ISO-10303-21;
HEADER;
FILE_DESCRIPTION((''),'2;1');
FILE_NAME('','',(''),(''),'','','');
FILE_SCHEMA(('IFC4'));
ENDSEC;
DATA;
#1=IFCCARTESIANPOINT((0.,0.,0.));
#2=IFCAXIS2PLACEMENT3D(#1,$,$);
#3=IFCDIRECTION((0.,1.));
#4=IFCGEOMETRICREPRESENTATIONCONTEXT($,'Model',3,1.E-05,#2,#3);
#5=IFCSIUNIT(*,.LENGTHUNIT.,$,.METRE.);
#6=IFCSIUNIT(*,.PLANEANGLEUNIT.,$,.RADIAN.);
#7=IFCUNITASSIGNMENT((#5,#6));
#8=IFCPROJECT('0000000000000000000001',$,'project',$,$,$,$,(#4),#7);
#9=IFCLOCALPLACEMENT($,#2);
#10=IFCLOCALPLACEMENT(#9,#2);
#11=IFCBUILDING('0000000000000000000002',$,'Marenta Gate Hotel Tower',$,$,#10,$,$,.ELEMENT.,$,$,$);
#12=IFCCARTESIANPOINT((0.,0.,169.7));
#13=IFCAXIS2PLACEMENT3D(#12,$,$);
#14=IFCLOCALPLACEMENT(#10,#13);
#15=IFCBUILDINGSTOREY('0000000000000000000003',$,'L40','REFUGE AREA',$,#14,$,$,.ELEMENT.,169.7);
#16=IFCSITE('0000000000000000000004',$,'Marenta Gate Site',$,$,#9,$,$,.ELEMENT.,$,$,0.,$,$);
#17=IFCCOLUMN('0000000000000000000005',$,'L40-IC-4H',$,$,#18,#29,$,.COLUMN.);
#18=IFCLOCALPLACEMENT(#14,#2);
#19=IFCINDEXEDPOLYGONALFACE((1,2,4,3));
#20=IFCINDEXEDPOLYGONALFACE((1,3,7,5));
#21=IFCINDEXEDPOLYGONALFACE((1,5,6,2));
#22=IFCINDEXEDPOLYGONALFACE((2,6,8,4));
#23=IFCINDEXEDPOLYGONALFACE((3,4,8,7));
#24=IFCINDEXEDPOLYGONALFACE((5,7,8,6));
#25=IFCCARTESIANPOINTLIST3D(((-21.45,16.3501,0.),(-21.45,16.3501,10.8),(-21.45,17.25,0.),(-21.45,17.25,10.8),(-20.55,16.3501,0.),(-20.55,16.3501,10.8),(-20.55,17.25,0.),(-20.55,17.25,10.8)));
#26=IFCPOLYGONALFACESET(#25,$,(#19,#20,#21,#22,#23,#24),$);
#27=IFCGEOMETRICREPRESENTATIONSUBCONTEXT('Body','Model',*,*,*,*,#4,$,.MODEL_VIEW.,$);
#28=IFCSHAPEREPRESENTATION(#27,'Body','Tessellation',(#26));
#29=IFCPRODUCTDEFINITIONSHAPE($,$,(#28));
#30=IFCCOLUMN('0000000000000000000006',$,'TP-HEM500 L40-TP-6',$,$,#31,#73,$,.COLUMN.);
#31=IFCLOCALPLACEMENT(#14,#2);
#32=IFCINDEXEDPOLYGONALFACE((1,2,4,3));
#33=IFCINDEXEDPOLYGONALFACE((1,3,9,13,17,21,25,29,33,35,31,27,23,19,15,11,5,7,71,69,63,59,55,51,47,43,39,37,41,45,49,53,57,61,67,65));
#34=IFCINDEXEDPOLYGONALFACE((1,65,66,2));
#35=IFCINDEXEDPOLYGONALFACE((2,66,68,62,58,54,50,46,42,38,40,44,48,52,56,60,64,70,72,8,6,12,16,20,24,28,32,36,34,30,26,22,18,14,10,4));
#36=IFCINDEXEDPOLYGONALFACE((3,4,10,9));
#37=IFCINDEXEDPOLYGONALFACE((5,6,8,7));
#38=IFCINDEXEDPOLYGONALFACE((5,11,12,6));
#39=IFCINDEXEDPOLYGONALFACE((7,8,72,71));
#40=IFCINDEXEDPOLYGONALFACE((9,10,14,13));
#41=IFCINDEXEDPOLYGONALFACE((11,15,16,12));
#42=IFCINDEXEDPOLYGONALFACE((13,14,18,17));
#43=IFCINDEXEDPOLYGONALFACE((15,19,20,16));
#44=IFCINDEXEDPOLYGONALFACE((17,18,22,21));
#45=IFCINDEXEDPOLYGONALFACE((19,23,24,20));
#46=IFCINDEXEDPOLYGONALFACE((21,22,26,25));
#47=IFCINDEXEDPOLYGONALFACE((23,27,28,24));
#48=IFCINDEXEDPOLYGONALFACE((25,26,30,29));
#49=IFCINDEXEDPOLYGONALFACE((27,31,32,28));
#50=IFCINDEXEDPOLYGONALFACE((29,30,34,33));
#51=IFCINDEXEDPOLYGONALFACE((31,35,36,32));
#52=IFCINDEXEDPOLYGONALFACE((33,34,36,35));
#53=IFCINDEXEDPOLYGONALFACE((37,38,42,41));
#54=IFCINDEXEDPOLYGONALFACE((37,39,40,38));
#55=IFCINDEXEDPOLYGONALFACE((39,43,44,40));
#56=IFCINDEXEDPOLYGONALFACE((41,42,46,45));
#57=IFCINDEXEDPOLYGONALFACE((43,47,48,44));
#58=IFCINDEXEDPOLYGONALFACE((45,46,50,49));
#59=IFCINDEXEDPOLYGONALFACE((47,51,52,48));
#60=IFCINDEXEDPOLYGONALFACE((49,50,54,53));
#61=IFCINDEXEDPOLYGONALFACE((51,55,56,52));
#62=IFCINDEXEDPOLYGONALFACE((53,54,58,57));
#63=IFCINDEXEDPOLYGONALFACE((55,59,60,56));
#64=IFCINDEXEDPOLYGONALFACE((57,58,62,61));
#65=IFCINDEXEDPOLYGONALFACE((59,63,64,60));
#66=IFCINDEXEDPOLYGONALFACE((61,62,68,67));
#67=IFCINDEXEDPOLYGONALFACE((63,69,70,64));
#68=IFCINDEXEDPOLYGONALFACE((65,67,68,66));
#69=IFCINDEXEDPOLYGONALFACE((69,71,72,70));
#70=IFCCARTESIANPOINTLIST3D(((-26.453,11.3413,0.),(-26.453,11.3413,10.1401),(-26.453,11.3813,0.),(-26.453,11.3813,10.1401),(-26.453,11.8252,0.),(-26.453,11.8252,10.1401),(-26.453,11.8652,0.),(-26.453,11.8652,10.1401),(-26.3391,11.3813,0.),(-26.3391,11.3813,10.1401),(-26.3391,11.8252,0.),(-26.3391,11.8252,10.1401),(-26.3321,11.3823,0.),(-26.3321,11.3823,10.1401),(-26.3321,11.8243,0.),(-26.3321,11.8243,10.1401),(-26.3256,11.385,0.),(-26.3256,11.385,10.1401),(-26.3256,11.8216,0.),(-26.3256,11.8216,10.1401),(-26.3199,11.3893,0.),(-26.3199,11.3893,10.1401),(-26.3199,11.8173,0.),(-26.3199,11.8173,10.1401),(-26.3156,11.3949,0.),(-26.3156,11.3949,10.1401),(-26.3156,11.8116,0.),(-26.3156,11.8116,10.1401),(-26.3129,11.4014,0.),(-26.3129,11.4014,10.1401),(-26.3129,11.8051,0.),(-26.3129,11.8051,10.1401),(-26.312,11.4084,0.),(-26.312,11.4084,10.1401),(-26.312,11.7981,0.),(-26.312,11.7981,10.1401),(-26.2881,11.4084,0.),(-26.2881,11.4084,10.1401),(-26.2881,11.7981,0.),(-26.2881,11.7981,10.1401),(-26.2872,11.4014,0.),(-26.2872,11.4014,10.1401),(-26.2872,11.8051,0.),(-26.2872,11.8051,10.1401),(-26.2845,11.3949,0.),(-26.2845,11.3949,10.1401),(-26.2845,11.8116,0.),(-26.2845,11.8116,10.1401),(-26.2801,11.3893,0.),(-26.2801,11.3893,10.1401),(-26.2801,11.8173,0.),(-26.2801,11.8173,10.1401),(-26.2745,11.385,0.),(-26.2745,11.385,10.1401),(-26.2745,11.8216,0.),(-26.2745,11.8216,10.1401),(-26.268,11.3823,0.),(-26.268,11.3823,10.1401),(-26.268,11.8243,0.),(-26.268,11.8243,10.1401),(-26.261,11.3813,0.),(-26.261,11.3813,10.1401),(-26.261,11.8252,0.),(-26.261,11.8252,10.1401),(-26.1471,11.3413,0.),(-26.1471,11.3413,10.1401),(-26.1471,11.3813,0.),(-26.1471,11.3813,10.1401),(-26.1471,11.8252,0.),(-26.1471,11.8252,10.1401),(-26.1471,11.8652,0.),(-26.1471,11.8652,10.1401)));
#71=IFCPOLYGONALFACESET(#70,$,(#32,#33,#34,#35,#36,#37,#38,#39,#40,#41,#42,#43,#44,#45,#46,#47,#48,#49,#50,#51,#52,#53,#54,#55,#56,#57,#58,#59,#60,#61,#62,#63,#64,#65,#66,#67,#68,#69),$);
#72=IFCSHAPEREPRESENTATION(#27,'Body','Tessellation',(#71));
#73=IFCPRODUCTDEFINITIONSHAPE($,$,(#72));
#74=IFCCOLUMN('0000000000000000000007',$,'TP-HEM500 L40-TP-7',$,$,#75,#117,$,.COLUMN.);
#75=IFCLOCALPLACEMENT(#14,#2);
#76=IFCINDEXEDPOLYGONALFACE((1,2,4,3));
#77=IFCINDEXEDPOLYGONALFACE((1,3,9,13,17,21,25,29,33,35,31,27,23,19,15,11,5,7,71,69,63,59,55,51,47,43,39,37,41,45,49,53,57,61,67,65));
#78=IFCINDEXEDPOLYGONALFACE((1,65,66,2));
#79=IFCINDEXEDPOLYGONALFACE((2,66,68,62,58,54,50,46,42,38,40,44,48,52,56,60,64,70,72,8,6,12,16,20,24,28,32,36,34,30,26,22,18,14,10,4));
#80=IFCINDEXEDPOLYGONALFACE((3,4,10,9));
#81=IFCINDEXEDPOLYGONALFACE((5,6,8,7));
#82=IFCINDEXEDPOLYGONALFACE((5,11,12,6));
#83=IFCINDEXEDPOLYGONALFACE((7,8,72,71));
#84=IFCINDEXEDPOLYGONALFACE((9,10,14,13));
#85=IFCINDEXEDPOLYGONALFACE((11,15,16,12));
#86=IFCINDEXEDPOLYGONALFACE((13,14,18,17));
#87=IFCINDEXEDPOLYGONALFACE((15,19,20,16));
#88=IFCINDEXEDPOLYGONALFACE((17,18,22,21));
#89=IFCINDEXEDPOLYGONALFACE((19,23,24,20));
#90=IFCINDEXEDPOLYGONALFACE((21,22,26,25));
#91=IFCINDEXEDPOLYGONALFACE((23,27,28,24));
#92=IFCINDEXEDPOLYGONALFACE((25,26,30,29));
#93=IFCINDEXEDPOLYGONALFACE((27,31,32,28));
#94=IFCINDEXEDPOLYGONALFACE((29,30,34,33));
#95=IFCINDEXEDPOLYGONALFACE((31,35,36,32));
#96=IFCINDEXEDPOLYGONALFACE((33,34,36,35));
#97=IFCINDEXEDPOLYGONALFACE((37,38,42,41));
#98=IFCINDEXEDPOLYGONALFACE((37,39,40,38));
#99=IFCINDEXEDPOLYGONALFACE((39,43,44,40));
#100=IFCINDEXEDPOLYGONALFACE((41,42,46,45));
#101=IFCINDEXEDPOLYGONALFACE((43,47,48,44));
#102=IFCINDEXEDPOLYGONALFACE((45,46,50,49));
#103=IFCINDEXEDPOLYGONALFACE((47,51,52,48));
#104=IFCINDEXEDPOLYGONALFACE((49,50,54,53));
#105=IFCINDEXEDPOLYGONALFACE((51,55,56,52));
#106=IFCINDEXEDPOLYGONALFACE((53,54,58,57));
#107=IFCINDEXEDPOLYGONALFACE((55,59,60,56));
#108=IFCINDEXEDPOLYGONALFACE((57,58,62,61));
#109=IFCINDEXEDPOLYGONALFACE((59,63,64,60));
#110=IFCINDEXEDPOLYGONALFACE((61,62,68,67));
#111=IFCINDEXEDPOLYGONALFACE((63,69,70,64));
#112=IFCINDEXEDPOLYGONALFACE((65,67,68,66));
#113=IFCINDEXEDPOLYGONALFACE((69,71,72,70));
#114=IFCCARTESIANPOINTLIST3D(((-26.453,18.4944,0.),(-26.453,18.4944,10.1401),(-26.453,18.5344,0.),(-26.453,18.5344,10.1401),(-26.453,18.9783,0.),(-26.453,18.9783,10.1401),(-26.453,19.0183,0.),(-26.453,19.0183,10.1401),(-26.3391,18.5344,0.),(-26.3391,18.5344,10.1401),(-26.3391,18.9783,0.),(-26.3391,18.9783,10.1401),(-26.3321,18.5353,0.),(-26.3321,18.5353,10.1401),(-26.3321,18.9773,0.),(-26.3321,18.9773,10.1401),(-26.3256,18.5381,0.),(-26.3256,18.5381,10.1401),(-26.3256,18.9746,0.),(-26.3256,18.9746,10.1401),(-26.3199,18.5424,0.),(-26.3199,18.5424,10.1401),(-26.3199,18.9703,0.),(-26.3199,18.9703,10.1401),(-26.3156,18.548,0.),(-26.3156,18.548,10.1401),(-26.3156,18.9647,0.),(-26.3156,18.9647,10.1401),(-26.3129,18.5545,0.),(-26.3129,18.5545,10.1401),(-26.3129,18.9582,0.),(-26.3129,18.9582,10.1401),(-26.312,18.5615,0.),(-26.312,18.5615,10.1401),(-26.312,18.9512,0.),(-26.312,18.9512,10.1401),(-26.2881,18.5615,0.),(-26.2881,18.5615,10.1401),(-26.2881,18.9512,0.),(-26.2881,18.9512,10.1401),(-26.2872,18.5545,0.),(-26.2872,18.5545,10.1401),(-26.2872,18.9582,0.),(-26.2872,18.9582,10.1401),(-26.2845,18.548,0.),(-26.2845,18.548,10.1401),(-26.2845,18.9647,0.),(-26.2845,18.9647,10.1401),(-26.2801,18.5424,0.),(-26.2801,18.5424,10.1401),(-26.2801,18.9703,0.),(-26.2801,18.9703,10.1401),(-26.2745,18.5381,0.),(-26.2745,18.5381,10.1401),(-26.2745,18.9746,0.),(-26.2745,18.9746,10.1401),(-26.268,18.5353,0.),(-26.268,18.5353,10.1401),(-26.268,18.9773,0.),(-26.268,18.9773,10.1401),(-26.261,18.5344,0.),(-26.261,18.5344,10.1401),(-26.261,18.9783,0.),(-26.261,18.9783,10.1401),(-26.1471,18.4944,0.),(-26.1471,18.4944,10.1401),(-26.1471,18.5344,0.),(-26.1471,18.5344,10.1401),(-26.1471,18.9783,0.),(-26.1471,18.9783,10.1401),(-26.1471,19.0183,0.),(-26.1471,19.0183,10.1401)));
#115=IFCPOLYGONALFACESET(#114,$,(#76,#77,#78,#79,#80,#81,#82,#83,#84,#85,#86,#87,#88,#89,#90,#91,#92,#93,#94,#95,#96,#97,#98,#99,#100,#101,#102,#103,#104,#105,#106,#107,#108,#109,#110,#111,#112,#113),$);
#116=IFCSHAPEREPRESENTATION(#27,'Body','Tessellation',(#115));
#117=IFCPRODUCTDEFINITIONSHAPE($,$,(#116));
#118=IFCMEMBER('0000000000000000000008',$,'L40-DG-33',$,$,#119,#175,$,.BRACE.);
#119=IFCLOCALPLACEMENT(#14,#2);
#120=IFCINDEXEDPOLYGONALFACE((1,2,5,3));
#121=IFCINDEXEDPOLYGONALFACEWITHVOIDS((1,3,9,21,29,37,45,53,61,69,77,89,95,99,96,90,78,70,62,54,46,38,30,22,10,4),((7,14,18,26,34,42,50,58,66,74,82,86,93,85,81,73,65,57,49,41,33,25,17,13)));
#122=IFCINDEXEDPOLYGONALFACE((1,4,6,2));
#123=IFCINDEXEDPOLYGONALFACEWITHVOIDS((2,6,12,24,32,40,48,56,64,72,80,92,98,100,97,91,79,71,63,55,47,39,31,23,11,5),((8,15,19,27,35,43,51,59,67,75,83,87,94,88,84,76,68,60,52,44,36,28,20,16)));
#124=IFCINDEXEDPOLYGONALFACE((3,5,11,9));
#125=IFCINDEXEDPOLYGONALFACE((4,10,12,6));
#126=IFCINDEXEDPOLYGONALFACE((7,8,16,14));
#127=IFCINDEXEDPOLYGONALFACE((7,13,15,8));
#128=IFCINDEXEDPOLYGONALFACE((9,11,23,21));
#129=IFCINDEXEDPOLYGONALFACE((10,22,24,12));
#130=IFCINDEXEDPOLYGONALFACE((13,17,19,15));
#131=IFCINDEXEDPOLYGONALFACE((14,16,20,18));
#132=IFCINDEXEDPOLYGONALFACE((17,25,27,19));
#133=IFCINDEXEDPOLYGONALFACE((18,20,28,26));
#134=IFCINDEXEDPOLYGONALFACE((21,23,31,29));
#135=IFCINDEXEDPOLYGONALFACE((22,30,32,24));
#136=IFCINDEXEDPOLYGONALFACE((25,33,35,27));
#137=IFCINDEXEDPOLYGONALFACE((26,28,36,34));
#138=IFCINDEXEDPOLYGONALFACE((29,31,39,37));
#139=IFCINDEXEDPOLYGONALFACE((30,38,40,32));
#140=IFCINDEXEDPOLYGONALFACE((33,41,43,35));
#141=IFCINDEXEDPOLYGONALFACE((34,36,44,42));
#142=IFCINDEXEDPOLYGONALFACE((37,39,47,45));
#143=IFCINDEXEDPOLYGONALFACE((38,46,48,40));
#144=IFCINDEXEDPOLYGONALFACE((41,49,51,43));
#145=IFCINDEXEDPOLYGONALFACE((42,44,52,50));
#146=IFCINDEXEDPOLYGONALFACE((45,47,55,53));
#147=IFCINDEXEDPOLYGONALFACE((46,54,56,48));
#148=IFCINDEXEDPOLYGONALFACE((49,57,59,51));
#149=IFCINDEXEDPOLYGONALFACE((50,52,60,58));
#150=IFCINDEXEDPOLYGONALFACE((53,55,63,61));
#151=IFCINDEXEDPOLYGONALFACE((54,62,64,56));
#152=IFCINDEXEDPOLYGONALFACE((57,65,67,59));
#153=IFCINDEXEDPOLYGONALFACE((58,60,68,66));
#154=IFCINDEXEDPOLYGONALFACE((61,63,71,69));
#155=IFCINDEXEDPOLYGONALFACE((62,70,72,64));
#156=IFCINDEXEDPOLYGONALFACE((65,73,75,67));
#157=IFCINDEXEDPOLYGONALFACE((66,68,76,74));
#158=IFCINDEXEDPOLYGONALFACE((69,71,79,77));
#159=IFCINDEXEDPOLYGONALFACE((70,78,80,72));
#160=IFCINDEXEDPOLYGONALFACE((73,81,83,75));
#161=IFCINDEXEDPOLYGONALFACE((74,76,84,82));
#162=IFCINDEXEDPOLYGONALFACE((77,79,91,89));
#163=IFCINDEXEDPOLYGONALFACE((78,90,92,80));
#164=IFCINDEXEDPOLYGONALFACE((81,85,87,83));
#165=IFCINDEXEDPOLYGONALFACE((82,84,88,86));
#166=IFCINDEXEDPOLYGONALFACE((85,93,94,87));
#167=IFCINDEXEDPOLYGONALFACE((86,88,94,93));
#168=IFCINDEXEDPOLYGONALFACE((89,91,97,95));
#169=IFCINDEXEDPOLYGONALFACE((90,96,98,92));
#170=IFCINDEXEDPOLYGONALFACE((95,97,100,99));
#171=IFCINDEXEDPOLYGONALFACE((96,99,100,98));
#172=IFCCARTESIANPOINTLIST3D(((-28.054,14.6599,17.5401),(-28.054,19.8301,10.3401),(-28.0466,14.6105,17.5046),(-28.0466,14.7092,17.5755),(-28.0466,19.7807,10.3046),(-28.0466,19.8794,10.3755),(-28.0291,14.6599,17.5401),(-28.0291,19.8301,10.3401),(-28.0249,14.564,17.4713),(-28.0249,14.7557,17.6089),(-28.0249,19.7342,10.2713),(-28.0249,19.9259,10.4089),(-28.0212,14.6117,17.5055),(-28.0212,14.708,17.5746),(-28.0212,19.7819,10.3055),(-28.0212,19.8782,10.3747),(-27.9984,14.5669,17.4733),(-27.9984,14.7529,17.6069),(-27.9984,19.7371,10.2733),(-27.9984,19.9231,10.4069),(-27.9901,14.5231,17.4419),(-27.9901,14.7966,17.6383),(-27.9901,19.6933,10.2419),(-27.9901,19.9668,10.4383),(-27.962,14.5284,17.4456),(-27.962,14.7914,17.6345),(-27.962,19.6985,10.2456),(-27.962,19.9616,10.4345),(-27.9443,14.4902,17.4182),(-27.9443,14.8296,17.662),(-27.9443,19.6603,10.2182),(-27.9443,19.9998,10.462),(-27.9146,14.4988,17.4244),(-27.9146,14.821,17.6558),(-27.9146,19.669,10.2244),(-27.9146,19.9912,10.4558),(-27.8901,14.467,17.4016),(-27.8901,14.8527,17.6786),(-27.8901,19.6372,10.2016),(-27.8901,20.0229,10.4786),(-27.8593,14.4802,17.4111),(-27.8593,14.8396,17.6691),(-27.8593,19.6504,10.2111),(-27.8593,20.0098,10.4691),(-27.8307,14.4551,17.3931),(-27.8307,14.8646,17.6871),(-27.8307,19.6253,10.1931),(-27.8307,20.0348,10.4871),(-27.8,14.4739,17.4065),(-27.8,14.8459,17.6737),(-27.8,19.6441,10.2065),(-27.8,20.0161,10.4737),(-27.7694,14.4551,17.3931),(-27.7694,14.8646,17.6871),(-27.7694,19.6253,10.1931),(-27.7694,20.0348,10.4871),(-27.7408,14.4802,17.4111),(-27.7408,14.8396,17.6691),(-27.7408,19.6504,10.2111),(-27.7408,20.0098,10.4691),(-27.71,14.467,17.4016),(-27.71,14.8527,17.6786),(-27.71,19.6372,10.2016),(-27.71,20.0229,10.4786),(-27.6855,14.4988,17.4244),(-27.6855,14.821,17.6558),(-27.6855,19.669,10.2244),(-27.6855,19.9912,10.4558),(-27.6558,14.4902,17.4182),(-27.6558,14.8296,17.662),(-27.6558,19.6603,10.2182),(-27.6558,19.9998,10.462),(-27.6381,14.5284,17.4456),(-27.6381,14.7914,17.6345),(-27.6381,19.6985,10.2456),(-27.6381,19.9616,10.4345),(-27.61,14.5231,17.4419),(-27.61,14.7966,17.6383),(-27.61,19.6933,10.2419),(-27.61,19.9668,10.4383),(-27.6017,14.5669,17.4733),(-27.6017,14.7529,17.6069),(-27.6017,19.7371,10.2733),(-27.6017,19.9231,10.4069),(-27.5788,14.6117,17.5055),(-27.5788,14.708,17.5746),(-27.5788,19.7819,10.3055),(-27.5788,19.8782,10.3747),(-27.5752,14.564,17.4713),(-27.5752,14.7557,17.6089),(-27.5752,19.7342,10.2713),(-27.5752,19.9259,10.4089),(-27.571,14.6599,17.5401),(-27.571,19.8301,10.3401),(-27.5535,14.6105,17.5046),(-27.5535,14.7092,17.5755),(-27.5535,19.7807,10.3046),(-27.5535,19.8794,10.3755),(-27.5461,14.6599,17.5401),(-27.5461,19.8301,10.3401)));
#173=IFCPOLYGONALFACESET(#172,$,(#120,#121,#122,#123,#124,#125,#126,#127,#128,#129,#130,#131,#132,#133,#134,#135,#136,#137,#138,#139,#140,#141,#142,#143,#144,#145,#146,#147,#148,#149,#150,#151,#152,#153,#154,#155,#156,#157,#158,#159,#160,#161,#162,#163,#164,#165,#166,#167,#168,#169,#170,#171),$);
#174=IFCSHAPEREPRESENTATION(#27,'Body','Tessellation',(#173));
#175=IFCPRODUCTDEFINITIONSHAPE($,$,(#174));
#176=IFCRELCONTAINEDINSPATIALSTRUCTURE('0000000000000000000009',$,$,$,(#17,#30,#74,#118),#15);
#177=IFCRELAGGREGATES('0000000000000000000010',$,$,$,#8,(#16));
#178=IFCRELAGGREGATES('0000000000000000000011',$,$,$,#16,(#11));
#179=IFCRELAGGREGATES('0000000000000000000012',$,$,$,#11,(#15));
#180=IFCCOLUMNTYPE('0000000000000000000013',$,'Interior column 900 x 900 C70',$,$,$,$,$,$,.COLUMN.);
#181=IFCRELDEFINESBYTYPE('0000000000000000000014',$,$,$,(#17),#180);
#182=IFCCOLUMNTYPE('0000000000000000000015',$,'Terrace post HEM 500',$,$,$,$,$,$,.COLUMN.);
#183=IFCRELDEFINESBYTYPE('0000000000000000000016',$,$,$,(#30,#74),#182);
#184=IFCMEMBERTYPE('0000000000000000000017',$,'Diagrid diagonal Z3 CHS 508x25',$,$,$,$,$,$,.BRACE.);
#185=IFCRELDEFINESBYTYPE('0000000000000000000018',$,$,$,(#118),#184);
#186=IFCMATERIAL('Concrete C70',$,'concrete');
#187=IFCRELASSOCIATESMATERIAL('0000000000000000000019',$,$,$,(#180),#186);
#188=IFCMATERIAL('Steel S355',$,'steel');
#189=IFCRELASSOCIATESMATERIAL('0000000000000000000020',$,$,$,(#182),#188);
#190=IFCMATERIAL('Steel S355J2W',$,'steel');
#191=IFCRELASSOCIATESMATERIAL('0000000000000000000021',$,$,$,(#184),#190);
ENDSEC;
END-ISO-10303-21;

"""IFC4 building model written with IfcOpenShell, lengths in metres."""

from ifc_helpers import new_model, si_unit, direction, frame, origin, origin_2d, place, context, subcontext, project, spatial, rectangle, hollow_circle, i_section, extrude, material, material_profile, profile_set, type_object, element, save


model = new_model("IFC4")

# Units and contexts
model_context = context("Model", 3, precision=1e-05, world=origin(), true_north=direction((0.0, 1.0)))
body_context = subcontext(model_context, "Body", "Model", "MODEL_VIEW")
ifc_project = project(units=[si_unit("LENGTHUNIT", "METRE"), si_unit("PLANEANGLEUNIT", "RADIAN")], contexts=[model_context])

# Site, building, storey
site_placement = place(None, origin())
site = spatial("IfcSite", under=ifc_project, at=site_placement, Name="Marenta Gate Site", CompositionType="ELEMENT", RefElevation=0.0)
building_placement = place(site_placement, origin())
building = spatial("IfcBuilding", under=site, at=building_placement, Name="Marenta Gate Hotel Tower", CompositionType="ELEMENT")
storey_placement = place(building_placement, frame((0.0, 0.0, 169.7)))
storey = spatial("IfcBuildingStorey", under=building, at=storey_placement, Name="L40", Description="REFUGE AREA", CompositionType="ELEMENT", Elevation=169.7)

# Columns
ifc_material_1 = material(Name="Concrete C70", Category="concrete")
ifc_material_profile_1 = material_profile(ifc_material_1, rectangle(XDim=0.8999, YDim=0.8999, at=origin_2d()), Name="900 x 900")
ifc_profile_set_1 = profile_set([ifc_material_profile_1], Name="Concrete C70")
column_type_1 = type_object("IfcColumnType", Name="Interior column 900 x 900 C70", PredefinedType="COLUMN", material=ifc_profile_set_1)
column_placement = place(storey_placement, frame((-21.0, 16.8, 0.0), z_axis=(0.0, 0.0, 1.0), x_axis=(1.0, 0.0, 0.0)))
element("IfcColumn", 1, at=column_placement, inside=storey, type_object=column_type_1, Name="L40-IC-4H", PredefinedType="COLUMN", context=body_context, shape_type="SweptSolid", body=[
    extrude(rectangle(XDim=0.8999, YDim=0.8999, at=origin_2d()), origin(), (0.0, 0.0, 1.0), 10.8),
])
ifc_material_2 = material(Name="Steel S355", Category="steel")
ifc_material_profile_2 = material_profile(ifc_material_2, i_section(OverallWidth=0.3059, OverallDepth=0.5239, WebThickness=0.0239, FlangeThickness=0.04, FilletRadius=0.0271, at=origin_2d()), Name="HEM 500")
ifc_profile_set_2 = profile_set([ifc_material_profile_2], Name="Steel S355")
column_type_2 = type_object("IfcColumnType", Name="Terrace post HEM 500", PredefinedType="COLUMN", material=ifc_profile_set_2)
for number, where, z_axis, x_axis, name in (
    (2, (-26.3, 11.6033, 0.0), (0.0, 0.0, 1.0), (1.0, 0.0, 0.0), "TP-HEM500 L40-TP-6"),
    (3, (-26.3, 18.7563, 0.0), (0.0, 0.0, 1.0), (1.0, 0.0, 0.0), "TP-HEM500 L40-TP-7"),
):
    element("IfcColumn", number, at=place(storey_placement, frame(where, z_axis=z_axis, x_axis=x_axis)), inside=storey, type_object=column_type_2, Name=name, PredefinedType="COLUMN", context=body_context, shape_type="SweptSolid", body=[
        extrude(i_section(OverallWidth=0.3059, OverallDepth=0.5239, WebThickness=0.0239, FlangeThickness=0.04, FilletRadius=0.0271, at=origin_2d()), origin(), (0.0, 0.0, 1.0), 10.1401),
    ])

# Member
ifc_material_3 = material(Name="Steel S355J2W", Category="steel")
ifc_material_profile_3 = material_profile(ifc_material_3, hollow_circle(Radius=0.2539, WallThickness=0.0249, at=origin_2d()), Name="CHS 508x25")
ifc_profile_set_3 = profile_set([ifc_material_profile_3], Name="Steel S355J2W")
member_type_1 = type_object("IfcMemberType", Name="Diagrid diagonal Z3 CHS 508x25", PredefinedType="BRACE", material=ifc_profile_set_3)
member_1_placement = place(storey_placement, frame((-27.8, 19.8301, 10.3401), z_axis=(0.0, -0.583279, 0.812272), x_axis=(1.0, 0.0, 0.0)))
element("IfcMember", 4, at=member_1_placement, inside=storey, type_object=member_type_1, Name="L40-DG-33", PredefinedType="BRACE", context=body_context, shape_type="SweptSolid", body=[
    extrude(hollow_circle(Radius=0.2539, WallThickness=0.0249, at=origin_2d()), origin(), (0.0, 0.0, 1.0), 8.864),
])

save(model, "model.ifc")
